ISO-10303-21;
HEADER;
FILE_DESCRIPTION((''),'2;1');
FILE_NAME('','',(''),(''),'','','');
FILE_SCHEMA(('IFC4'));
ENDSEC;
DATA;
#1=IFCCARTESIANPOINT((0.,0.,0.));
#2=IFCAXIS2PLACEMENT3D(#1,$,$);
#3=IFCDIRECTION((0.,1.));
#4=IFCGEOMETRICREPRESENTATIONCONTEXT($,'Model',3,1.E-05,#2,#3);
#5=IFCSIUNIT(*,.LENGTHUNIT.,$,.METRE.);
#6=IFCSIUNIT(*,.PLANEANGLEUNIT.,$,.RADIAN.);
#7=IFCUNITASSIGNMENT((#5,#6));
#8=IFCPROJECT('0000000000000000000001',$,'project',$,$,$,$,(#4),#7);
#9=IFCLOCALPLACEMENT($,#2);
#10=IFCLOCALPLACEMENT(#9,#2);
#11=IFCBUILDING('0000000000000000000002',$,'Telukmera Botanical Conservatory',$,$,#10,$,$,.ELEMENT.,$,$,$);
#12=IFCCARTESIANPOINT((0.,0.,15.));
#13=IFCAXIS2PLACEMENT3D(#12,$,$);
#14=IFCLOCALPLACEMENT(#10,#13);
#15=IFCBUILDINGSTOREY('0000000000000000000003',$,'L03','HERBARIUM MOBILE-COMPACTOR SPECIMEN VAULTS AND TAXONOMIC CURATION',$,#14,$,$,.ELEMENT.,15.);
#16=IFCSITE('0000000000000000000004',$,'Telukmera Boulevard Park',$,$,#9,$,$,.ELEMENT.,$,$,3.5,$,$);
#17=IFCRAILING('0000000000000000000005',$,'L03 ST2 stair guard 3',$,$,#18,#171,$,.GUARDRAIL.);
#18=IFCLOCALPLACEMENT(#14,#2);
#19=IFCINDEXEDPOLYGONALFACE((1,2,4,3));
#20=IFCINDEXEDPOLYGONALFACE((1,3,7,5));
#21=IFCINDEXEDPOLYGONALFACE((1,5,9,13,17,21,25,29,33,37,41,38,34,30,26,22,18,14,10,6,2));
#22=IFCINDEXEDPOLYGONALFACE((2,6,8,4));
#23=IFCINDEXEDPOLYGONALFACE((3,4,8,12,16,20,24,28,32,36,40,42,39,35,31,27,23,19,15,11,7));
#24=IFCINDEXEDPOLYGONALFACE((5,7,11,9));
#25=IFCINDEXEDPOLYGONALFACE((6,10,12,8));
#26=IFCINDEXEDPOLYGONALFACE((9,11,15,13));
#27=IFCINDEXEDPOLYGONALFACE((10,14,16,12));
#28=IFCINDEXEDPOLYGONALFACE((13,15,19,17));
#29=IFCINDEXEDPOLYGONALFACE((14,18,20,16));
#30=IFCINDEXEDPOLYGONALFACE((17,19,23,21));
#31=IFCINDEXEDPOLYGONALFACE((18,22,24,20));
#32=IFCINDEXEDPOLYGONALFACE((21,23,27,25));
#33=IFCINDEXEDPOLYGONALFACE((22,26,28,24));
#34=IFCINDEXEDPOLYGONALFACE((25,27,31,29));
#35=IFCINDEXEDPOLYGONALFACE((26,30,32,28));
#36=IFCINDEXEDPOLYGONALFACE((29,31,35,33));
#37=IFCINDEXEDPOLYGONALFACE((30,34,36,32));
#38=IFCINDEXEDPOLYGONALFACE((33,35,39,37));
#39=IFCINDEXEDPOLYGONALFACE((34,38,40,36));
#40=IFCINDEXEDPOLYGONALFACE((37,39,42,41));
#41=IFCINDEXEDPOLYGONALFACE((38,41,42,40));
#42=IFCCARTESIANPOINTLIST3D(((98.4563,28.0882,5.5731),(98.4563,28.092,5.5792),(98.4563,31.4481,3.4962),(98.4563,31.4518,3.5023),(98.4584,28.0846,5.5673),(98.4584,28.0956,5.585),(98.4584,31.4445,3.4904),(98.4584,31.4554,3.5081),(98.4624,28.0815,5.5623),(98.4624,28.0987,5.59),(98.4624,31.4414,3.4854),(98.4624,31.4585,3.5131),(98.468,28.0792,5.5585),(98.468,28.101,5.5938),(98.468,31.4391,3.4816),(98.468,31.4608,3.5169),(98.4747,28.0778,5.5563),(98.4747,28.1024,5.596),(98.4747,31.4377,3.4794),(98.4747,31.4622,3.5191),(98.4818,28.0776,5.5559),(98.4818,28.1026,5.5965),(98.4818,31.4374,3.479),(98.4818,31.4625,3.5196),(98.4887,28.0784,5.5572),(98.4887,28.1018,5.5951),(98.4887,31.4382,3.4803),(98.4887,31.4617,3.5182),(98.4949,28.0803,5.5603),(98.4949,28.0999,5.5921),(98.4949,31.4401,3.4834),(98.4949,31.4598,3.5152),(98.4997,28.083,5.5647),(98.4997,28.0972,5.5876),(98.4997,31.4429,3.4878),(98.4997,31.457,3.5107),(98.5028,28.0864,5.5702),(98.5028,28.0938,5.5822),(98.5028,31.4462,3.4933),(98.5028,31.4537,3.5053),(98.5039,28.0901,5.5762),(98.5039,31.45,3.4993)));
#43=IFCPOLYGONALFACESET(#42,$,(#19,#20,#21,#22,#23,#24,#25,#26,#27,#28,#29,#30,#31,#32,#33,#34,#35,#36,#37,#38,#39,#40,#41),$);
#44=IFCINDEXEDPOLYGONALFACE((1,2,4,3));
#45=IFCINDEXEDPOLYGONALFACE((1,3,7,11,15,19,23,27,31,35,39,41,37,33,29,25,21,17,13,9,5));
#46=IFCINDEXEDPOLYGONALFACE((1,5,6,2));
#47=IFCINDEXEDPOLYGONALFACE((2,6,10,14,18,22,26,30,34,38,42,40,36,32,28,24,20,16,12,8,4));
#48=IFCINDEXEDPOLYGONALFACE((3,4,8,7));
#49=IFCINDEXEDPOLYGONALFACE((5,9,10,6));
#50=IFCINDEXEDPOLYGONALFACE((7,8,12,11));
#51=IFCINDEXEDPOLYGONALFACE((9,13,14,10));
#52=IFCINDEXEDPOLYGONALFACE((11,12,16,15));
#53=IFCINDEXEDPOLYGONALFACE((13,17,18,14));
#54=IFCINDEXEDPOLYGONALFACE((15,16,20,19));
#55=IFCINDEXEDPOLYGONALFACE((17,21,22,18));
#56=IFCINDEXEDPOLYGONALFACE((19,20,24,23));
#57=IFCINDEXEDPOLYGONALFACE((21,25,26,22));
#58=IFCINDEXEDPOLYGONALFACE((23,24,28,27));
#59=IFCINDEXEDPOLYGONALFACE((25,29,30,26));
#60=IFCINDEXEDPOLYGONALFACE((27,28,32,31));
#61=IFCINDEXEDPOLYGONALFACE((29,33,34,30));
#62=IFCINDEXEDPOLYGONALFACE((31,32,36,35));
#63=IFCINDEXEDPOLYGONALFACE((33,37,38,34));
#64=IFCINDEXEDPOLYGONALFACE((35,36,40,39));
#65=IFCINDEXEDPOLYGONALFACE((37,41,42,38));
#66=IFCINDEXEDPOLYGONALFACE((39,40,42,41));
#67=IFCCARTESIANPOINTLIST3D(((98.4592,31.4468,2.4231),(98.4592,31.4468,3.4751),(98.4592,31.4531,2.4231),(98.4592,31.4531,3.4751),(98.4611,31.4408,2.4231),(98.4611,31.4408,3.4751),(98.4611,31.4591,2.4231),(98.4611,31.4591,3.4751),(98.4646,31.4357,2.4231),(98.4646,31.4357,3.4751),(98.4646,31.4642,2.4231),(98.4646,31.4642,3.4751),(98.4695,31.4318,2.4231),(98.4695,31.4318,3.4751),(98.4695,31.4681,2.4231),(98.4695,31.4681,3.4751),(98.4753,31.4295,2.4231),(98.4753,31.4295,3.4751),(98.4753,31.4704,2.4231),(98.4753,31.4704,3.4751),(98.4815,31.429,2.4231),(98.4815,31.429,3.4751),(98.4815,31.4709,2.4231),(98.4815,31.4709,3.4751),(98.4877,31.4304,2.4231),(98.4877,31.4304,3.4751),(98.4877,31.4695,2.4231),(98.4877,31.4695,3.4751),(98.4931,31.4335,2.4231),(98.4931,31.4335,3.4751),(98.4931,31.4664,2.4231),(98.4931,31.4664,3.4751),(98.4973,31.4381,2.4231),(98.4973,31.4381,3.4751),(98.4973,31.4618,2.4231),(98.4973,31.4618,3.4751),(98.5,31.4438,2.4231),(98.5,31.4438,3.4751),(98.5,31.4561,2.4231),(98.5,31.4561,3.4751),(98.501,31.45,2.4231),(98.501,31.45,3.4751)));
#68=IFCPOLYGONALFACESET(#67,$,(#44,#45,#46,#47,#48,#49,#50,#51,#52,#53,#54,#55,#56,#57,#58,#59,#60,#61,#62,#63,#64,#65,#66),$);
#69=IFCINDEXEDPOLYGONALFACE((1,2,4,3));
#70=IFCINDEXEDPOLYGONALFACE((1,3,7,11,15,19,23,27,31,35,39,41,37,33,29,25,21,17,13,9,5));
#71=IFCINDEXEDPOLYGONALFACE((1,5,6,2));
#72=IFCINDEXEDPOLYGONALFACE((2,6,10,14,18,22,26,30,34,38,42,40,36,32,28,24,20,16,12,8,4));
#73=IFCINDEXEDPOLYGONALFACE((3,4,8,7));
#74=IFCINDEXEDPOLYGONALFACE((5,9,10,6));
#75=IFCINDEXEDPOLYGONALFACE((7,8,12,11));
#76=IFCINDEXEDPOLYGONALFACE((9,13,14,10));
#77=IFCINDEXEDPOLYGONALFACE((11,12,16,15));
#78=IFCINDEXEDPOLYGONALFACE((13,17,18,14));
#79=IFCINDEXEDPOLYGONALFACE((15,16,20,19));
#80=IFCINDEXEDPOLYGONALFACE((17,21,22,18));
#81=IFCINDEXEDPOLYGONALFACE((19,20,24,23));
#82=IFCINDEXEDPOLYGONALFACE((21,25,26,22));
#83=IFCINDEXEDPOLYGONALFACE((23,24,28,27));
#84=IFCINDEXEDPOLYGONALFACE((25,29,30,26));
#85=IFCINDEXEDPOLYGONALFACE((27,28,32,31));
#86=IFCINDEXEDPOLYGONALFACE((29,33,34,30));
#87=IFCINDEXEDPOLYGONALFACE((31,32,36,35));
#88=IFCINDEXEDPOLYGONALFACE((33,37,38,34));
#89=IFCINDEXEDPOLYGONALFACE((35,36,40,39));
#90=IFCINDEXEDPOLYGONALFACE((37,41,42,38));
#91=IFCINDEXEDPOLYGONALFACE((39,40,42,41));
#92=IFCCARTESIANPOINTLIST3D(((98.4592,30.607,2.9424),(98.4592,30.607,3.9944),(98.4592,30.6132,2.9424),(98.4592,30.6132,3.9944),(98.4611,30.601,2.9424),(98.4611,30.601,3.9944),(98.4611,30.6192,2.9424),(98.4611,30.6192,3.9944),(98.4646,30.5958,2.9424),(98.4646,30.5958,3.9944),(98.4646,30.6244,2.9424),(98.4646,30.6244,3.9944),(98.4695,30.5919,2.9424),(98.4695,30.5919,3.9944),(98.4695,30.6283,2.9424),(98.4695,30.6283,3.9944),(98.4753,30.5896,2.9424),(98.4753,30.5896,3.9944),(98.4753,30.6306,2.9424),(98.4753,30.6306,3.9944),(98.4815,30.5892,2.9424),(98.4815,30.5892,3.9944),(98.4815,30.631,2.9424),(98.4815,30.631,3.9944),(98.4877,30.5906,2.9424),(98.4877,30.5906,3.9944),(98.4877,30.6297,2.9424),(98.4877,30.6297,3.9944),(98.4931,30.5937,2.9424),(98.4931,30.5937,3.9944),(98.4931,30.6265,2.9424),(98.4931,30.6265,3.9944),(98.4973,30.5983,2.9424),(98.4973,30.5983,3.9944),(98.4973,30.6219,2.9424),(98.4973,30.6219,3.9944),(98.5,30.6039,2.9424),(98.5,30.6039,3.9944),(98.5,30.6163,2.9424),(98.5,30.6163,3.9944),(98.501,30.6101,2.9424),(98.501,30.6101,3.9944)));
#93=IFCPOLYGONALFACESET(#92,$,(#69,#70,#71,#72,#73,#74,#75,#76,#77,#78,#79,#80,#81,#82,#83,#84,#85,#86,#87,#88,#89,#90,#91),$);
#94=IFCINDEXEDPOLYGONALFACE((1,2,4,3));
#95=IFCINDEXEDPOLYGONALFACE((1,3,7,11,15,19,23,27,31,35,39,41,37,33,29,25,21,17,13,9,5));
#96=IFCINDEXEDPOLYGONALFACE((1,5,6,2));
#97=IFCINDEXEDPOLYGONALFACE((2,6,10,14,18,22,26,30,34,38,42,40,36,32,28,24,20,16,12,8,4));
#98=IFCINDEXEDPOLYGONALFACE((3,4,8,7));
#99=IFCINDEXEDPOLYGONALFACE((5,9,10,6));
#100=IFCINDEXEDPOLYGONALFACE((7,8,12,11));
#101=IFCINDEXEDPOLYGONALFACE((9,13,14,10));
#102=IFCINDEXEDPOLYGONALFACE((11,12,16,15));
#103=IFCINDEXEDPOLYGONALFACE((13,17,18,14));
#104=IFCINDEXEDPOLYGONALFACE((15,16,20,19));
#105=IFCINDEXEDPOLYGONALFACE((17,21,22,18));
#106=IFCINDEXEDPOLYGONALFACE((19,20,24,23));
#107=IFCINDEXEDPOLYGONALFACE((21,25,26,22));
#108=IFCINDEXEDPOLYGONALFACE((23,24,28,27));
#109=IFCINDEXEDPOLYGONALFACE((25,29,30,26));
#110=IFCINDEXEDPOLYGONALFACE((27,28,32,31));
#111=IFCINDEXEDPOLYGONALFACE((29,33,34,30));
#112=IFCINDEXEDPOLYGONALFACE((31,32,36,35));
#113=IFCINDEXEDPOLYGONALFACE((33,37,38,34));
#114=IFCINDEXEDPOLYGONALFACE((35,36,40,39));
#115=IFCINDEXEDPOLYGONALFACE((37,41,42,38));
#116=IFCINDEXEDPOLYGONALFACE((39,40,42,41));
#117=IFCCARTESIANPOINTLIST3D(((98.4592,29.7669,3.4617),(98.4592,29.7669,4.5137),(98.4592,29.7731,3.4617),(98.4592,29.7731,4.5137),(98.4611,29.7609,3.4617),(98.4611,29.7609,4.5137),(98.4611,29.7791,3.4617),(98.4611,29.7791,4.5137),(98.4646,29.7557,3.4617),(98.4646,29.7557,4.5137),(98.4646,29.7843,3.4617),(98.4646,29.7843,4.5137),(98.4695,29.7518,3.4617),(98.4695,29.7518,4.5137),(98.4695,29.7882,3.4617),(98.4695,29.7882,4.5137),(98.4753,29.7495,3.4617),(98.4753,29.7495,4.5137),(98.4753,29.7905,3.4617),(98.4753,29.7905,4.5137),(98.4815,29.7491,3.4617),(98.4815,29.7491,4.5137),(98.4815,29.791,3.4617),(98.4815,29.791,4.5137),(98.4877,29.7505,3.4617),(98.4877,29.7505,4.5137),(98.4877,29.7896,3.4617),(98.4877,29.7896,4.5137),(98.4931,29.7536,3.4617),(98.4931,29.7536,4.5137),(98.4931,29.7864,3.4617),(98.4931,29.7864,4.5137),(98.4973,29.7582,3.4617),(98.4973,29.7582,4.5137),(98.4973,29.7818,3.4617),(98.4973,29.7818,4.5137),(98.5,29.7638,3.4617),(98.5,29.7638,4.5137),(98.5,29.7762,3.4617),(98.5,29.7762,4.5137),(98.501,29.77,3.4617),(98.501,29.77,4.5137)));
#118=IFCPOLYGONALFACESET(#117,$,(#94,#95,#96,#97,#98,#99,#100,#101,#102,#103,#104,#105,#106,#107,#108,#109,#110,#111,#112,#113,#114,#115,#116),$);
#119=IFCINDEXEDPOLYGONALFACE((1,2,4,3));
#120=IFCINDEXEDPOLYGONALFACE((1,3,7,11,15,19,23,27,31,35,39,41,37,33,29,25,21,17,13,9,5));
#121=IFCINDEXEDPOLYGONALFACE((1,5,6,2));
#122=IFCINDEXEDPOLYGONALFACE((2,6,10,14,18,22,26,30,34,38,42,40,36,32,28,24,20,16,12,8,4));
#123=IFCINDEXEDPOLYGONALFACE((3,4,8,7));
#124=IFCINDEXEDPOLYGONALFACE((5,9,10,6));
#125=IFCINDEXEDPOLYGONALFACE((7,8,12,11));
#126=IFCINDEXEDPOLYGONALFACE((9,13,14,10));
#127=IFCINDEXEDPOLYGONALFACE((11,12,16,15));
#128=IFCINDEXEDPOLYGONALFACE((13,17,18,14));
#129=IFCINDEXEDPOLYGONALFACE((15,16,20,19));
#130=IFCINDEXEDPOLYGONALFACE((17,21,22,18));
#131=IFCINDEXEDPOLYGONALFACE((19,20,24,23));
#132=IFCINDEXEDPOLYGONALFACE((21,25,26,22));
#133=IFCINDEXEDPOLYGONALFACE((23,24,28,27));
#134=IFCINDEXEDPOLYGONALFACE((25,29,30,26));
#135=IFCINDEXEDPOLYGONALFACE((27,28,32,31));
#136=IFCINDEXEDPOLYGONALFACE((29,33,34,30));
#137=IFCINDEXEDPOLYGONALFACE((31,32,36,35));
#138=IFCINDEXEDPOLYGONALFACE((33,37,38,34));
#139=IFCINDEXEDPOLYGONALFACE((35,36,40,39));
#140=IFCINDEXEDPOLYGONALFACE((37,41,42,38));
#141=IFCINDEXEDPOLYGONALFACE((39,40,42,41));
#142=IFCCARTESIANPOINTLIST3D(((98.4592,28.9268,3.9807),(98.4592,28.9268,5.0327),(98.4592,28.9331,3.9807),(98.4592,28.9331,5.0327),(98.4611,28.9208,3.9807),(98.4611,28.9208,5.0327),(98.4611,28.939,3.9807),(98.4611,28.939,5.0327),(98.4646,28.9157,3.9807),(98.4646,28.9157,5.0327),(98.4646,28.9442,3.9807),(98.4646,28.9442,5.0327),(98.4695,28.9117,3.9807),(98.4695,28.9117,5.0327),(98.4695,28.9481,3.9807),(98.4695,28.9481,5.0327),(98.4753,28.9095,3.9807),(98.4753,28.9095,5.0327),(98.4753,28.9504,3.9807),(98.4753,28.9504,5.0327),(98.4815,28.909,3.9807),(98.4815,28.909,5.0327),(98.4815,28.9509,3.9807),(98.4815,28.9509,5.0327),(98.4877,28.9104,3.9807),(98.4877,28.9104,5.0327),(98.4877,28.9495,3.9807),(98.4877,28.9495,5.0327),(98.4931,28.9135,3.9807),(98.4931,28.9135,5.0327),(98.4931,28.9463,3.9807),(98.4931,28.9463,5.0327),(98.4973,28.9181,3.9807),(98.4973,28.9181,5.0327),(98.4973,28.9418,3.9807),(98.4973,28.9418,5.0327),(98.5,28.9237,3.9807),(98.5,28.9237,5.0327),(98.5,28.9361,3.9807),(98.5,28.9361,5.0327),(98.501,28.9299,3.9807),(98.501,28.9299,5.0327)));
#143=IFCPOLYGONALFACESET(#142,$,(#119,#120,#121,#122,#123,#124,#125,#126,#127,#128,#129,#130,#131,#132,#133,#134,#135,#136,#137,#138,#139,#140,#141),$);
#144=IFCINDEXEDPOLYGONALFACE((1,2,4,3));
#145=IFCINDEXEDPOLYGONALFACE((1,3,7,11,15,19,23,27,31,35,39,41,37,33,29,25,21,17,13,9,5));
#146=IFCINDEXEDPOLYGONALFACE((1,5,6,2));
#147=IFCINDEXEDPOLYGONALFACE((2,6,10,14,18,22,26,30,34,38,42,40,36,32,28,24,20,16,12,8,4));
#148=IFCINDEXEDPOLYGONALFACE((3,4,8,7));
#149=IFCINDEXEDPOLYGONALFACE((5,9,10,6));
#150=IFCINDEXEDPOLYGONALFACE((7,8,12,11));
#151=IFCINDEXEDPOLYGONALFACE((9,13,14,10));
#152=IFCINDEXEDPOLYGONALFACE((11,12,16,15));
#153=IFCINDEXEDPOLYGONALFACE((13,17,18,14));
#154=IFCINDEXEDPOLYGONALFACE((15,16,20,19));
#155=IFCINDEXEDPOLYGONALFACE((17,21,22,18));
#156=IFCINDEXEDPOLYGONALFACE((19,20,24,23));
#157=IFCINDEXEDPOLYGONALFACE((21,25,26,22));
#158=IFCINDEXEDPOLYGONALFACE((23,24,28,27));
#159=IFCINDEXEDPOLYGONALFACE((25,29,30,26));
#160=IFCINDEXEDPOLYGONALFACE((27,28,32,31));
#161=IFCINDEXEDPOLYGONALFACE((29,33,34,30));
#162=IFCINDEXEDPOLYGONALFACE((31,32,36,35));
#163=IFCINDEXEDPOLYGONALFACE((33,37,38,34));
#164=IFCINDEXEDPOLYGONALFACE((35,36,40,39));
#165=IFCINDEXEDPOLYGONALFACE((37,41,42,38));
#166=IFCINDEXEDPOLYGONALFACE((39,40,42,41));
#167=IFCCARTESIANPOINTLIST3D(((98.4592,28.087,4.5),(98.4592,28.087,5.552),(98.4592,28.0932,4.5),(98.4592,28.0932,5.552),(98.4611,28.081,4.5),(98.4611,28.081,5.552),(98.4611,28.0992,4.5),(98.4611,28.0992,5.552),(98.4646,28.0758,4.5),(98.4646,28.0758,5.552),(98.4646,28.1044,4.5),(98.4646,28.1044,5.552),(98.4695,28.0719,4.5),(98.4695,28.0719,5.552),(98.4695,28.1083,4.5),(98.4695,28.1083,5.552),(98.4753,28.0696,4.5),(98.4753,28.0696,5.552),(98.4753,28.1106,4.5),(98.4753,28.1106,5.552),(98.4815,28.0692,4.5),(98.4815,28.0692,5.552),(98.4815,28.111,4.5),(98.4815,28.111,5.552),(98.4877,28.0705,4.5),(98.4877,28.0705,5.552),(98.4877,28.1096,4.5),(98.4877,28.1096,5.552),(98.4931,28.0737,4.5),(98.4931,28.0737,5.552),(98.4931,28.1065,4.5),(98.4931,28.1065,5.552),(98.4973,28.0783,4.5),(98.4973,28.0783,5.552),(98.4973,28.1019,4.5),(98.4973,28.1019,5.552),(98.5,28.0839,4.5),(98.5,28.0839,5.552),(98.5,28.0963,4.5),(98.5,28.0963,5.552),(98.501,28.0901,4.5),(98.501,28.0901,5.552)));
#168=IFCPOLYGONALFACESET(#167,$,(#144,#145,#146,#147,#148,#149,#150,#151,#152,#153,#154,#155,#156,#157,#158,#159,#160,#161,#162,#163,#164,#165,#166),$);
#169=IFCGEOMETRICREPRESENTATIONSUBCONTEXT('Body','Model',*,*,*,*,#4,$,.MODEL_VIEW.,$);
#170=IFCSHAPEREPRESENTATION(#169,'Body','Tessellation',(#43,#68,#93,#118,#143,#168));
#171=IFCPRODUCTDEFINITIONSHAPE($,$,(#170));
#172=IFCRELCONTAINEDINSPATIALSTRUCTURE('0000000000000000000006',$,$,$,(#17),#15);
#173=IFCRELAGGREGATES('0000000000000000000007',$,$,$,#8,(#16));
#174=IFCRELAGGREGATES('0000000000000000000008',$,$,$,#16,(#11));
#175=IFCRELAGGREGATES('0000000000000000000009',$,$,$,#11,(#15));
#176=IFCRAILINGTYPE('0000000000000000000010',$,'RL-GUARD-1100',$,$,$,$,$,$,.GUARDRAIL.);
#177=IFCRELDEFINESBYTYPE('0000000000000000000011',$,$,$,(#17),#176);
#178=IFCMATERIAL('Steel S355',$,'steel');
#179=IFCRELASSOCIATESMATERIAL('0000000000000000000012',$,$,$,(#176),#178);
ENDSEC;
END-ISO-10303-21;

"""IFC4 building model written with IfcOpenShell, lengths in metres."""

from ifc_helpers import new_model, si_unit, direction, frame, origin, origin_2d, place, context, subcontext, project, spatial, circle, extrude, material, type_object, element, save


model = new_model("IFC4")

# Units and contexts
model_context = context("Model", 3, precision=1e-05, world=origin(), true_north=direction((0.0, 1.0)))
body_context = subcontext(model_context, "Body", "Model", "MODEL_VIEW")
ifc_project = project(units=[si_unit("LENGTHUNIT", "METRE"), si_unit("PLANEANGLEUNIT", "RADIAN")], contexts=[model_context])

# Site, building, storey
site_placement = place(None, origin())
site = spatial("IfcSite", under=ifc_project, at=site_placement, Name="Telukmera Boulevard Park", CompositionType="ELEMENT", RefElevation=3.5)
building_placement = place(site_placement, origin())
building = spatial("IfcBuilding", under=site, at=building_placement, Name="Telukmera Botanical Conservatory", CompositionType="ELEMENT")
storey_placement = place(building_placement, frame((0.0, 0.0, 15.0)))
storey = spatial("IfcBuildingStorey", under=building, at=storey_placement, Name="L03", Description="HERBARIUM MOBILE-COMPACTOR SPECIMEN VAULTS AND TAXONOMIC CURATION", CompositionType="ELEMENT", Elevation=15.0)

# Railing
ifc_material_1 = material(Name="Steel S355", Category="steel")
railing_type_1 = type_object("IfcRailingType", Name="RL-GUARD-1100", PredefinedType="GUARDRAIL", material=ifc_material_1)
railing_1_placement = place(storey_placement, frame((98.48, 31.45, 2.4231)))
element("IfcRailing", 1, at=railing_1_placement, inside=storey, type_object=railing_type_1, Name="L03 ST2 stair guard 3", PredefinedType="GUARDRAIL", context=body_context, shape_type="SweptSolid", body=[
    extrude(circle(Radius=0.0239, at=origin_2d()), frame((0.0, 0.0, 1.0762), z_axis=(0.0, -0.850606, 0.525803), x_axis=(1.0, 0.0, 0.0)), (0.0, 0.0, 1.0), 3.95),
    extrude(circle(Radius=0.021, at=origin_2d()), origin(), (0.0, 0.0, 1.0), 1.052),
    extrude(circle(Radius=0.021, at=origin_2d()), frame((0.0, -0.8398, 0.5193)), (0.0, 0.0, 1.0), 1.052),
    extrude(circle(Radius=0.021, at=origin_2d()), frame((0.0, -1.6799, 1.0386)), (0.0, 0.0, 1.0), 1.052),
    extrude(circle(Radius=0.021, at=origin_2d()), frame((0.0, -2.52, 1.5576)), (0.0, 0.0, 1.0), 1.052),
    extrude(circle(Radius=0.021, at=origin_2d()), frame((0.0, -3.3599, 2.0769)), (0.0, 0.0, 1.0), 1.052),
])

save(model, "model.ifc")
